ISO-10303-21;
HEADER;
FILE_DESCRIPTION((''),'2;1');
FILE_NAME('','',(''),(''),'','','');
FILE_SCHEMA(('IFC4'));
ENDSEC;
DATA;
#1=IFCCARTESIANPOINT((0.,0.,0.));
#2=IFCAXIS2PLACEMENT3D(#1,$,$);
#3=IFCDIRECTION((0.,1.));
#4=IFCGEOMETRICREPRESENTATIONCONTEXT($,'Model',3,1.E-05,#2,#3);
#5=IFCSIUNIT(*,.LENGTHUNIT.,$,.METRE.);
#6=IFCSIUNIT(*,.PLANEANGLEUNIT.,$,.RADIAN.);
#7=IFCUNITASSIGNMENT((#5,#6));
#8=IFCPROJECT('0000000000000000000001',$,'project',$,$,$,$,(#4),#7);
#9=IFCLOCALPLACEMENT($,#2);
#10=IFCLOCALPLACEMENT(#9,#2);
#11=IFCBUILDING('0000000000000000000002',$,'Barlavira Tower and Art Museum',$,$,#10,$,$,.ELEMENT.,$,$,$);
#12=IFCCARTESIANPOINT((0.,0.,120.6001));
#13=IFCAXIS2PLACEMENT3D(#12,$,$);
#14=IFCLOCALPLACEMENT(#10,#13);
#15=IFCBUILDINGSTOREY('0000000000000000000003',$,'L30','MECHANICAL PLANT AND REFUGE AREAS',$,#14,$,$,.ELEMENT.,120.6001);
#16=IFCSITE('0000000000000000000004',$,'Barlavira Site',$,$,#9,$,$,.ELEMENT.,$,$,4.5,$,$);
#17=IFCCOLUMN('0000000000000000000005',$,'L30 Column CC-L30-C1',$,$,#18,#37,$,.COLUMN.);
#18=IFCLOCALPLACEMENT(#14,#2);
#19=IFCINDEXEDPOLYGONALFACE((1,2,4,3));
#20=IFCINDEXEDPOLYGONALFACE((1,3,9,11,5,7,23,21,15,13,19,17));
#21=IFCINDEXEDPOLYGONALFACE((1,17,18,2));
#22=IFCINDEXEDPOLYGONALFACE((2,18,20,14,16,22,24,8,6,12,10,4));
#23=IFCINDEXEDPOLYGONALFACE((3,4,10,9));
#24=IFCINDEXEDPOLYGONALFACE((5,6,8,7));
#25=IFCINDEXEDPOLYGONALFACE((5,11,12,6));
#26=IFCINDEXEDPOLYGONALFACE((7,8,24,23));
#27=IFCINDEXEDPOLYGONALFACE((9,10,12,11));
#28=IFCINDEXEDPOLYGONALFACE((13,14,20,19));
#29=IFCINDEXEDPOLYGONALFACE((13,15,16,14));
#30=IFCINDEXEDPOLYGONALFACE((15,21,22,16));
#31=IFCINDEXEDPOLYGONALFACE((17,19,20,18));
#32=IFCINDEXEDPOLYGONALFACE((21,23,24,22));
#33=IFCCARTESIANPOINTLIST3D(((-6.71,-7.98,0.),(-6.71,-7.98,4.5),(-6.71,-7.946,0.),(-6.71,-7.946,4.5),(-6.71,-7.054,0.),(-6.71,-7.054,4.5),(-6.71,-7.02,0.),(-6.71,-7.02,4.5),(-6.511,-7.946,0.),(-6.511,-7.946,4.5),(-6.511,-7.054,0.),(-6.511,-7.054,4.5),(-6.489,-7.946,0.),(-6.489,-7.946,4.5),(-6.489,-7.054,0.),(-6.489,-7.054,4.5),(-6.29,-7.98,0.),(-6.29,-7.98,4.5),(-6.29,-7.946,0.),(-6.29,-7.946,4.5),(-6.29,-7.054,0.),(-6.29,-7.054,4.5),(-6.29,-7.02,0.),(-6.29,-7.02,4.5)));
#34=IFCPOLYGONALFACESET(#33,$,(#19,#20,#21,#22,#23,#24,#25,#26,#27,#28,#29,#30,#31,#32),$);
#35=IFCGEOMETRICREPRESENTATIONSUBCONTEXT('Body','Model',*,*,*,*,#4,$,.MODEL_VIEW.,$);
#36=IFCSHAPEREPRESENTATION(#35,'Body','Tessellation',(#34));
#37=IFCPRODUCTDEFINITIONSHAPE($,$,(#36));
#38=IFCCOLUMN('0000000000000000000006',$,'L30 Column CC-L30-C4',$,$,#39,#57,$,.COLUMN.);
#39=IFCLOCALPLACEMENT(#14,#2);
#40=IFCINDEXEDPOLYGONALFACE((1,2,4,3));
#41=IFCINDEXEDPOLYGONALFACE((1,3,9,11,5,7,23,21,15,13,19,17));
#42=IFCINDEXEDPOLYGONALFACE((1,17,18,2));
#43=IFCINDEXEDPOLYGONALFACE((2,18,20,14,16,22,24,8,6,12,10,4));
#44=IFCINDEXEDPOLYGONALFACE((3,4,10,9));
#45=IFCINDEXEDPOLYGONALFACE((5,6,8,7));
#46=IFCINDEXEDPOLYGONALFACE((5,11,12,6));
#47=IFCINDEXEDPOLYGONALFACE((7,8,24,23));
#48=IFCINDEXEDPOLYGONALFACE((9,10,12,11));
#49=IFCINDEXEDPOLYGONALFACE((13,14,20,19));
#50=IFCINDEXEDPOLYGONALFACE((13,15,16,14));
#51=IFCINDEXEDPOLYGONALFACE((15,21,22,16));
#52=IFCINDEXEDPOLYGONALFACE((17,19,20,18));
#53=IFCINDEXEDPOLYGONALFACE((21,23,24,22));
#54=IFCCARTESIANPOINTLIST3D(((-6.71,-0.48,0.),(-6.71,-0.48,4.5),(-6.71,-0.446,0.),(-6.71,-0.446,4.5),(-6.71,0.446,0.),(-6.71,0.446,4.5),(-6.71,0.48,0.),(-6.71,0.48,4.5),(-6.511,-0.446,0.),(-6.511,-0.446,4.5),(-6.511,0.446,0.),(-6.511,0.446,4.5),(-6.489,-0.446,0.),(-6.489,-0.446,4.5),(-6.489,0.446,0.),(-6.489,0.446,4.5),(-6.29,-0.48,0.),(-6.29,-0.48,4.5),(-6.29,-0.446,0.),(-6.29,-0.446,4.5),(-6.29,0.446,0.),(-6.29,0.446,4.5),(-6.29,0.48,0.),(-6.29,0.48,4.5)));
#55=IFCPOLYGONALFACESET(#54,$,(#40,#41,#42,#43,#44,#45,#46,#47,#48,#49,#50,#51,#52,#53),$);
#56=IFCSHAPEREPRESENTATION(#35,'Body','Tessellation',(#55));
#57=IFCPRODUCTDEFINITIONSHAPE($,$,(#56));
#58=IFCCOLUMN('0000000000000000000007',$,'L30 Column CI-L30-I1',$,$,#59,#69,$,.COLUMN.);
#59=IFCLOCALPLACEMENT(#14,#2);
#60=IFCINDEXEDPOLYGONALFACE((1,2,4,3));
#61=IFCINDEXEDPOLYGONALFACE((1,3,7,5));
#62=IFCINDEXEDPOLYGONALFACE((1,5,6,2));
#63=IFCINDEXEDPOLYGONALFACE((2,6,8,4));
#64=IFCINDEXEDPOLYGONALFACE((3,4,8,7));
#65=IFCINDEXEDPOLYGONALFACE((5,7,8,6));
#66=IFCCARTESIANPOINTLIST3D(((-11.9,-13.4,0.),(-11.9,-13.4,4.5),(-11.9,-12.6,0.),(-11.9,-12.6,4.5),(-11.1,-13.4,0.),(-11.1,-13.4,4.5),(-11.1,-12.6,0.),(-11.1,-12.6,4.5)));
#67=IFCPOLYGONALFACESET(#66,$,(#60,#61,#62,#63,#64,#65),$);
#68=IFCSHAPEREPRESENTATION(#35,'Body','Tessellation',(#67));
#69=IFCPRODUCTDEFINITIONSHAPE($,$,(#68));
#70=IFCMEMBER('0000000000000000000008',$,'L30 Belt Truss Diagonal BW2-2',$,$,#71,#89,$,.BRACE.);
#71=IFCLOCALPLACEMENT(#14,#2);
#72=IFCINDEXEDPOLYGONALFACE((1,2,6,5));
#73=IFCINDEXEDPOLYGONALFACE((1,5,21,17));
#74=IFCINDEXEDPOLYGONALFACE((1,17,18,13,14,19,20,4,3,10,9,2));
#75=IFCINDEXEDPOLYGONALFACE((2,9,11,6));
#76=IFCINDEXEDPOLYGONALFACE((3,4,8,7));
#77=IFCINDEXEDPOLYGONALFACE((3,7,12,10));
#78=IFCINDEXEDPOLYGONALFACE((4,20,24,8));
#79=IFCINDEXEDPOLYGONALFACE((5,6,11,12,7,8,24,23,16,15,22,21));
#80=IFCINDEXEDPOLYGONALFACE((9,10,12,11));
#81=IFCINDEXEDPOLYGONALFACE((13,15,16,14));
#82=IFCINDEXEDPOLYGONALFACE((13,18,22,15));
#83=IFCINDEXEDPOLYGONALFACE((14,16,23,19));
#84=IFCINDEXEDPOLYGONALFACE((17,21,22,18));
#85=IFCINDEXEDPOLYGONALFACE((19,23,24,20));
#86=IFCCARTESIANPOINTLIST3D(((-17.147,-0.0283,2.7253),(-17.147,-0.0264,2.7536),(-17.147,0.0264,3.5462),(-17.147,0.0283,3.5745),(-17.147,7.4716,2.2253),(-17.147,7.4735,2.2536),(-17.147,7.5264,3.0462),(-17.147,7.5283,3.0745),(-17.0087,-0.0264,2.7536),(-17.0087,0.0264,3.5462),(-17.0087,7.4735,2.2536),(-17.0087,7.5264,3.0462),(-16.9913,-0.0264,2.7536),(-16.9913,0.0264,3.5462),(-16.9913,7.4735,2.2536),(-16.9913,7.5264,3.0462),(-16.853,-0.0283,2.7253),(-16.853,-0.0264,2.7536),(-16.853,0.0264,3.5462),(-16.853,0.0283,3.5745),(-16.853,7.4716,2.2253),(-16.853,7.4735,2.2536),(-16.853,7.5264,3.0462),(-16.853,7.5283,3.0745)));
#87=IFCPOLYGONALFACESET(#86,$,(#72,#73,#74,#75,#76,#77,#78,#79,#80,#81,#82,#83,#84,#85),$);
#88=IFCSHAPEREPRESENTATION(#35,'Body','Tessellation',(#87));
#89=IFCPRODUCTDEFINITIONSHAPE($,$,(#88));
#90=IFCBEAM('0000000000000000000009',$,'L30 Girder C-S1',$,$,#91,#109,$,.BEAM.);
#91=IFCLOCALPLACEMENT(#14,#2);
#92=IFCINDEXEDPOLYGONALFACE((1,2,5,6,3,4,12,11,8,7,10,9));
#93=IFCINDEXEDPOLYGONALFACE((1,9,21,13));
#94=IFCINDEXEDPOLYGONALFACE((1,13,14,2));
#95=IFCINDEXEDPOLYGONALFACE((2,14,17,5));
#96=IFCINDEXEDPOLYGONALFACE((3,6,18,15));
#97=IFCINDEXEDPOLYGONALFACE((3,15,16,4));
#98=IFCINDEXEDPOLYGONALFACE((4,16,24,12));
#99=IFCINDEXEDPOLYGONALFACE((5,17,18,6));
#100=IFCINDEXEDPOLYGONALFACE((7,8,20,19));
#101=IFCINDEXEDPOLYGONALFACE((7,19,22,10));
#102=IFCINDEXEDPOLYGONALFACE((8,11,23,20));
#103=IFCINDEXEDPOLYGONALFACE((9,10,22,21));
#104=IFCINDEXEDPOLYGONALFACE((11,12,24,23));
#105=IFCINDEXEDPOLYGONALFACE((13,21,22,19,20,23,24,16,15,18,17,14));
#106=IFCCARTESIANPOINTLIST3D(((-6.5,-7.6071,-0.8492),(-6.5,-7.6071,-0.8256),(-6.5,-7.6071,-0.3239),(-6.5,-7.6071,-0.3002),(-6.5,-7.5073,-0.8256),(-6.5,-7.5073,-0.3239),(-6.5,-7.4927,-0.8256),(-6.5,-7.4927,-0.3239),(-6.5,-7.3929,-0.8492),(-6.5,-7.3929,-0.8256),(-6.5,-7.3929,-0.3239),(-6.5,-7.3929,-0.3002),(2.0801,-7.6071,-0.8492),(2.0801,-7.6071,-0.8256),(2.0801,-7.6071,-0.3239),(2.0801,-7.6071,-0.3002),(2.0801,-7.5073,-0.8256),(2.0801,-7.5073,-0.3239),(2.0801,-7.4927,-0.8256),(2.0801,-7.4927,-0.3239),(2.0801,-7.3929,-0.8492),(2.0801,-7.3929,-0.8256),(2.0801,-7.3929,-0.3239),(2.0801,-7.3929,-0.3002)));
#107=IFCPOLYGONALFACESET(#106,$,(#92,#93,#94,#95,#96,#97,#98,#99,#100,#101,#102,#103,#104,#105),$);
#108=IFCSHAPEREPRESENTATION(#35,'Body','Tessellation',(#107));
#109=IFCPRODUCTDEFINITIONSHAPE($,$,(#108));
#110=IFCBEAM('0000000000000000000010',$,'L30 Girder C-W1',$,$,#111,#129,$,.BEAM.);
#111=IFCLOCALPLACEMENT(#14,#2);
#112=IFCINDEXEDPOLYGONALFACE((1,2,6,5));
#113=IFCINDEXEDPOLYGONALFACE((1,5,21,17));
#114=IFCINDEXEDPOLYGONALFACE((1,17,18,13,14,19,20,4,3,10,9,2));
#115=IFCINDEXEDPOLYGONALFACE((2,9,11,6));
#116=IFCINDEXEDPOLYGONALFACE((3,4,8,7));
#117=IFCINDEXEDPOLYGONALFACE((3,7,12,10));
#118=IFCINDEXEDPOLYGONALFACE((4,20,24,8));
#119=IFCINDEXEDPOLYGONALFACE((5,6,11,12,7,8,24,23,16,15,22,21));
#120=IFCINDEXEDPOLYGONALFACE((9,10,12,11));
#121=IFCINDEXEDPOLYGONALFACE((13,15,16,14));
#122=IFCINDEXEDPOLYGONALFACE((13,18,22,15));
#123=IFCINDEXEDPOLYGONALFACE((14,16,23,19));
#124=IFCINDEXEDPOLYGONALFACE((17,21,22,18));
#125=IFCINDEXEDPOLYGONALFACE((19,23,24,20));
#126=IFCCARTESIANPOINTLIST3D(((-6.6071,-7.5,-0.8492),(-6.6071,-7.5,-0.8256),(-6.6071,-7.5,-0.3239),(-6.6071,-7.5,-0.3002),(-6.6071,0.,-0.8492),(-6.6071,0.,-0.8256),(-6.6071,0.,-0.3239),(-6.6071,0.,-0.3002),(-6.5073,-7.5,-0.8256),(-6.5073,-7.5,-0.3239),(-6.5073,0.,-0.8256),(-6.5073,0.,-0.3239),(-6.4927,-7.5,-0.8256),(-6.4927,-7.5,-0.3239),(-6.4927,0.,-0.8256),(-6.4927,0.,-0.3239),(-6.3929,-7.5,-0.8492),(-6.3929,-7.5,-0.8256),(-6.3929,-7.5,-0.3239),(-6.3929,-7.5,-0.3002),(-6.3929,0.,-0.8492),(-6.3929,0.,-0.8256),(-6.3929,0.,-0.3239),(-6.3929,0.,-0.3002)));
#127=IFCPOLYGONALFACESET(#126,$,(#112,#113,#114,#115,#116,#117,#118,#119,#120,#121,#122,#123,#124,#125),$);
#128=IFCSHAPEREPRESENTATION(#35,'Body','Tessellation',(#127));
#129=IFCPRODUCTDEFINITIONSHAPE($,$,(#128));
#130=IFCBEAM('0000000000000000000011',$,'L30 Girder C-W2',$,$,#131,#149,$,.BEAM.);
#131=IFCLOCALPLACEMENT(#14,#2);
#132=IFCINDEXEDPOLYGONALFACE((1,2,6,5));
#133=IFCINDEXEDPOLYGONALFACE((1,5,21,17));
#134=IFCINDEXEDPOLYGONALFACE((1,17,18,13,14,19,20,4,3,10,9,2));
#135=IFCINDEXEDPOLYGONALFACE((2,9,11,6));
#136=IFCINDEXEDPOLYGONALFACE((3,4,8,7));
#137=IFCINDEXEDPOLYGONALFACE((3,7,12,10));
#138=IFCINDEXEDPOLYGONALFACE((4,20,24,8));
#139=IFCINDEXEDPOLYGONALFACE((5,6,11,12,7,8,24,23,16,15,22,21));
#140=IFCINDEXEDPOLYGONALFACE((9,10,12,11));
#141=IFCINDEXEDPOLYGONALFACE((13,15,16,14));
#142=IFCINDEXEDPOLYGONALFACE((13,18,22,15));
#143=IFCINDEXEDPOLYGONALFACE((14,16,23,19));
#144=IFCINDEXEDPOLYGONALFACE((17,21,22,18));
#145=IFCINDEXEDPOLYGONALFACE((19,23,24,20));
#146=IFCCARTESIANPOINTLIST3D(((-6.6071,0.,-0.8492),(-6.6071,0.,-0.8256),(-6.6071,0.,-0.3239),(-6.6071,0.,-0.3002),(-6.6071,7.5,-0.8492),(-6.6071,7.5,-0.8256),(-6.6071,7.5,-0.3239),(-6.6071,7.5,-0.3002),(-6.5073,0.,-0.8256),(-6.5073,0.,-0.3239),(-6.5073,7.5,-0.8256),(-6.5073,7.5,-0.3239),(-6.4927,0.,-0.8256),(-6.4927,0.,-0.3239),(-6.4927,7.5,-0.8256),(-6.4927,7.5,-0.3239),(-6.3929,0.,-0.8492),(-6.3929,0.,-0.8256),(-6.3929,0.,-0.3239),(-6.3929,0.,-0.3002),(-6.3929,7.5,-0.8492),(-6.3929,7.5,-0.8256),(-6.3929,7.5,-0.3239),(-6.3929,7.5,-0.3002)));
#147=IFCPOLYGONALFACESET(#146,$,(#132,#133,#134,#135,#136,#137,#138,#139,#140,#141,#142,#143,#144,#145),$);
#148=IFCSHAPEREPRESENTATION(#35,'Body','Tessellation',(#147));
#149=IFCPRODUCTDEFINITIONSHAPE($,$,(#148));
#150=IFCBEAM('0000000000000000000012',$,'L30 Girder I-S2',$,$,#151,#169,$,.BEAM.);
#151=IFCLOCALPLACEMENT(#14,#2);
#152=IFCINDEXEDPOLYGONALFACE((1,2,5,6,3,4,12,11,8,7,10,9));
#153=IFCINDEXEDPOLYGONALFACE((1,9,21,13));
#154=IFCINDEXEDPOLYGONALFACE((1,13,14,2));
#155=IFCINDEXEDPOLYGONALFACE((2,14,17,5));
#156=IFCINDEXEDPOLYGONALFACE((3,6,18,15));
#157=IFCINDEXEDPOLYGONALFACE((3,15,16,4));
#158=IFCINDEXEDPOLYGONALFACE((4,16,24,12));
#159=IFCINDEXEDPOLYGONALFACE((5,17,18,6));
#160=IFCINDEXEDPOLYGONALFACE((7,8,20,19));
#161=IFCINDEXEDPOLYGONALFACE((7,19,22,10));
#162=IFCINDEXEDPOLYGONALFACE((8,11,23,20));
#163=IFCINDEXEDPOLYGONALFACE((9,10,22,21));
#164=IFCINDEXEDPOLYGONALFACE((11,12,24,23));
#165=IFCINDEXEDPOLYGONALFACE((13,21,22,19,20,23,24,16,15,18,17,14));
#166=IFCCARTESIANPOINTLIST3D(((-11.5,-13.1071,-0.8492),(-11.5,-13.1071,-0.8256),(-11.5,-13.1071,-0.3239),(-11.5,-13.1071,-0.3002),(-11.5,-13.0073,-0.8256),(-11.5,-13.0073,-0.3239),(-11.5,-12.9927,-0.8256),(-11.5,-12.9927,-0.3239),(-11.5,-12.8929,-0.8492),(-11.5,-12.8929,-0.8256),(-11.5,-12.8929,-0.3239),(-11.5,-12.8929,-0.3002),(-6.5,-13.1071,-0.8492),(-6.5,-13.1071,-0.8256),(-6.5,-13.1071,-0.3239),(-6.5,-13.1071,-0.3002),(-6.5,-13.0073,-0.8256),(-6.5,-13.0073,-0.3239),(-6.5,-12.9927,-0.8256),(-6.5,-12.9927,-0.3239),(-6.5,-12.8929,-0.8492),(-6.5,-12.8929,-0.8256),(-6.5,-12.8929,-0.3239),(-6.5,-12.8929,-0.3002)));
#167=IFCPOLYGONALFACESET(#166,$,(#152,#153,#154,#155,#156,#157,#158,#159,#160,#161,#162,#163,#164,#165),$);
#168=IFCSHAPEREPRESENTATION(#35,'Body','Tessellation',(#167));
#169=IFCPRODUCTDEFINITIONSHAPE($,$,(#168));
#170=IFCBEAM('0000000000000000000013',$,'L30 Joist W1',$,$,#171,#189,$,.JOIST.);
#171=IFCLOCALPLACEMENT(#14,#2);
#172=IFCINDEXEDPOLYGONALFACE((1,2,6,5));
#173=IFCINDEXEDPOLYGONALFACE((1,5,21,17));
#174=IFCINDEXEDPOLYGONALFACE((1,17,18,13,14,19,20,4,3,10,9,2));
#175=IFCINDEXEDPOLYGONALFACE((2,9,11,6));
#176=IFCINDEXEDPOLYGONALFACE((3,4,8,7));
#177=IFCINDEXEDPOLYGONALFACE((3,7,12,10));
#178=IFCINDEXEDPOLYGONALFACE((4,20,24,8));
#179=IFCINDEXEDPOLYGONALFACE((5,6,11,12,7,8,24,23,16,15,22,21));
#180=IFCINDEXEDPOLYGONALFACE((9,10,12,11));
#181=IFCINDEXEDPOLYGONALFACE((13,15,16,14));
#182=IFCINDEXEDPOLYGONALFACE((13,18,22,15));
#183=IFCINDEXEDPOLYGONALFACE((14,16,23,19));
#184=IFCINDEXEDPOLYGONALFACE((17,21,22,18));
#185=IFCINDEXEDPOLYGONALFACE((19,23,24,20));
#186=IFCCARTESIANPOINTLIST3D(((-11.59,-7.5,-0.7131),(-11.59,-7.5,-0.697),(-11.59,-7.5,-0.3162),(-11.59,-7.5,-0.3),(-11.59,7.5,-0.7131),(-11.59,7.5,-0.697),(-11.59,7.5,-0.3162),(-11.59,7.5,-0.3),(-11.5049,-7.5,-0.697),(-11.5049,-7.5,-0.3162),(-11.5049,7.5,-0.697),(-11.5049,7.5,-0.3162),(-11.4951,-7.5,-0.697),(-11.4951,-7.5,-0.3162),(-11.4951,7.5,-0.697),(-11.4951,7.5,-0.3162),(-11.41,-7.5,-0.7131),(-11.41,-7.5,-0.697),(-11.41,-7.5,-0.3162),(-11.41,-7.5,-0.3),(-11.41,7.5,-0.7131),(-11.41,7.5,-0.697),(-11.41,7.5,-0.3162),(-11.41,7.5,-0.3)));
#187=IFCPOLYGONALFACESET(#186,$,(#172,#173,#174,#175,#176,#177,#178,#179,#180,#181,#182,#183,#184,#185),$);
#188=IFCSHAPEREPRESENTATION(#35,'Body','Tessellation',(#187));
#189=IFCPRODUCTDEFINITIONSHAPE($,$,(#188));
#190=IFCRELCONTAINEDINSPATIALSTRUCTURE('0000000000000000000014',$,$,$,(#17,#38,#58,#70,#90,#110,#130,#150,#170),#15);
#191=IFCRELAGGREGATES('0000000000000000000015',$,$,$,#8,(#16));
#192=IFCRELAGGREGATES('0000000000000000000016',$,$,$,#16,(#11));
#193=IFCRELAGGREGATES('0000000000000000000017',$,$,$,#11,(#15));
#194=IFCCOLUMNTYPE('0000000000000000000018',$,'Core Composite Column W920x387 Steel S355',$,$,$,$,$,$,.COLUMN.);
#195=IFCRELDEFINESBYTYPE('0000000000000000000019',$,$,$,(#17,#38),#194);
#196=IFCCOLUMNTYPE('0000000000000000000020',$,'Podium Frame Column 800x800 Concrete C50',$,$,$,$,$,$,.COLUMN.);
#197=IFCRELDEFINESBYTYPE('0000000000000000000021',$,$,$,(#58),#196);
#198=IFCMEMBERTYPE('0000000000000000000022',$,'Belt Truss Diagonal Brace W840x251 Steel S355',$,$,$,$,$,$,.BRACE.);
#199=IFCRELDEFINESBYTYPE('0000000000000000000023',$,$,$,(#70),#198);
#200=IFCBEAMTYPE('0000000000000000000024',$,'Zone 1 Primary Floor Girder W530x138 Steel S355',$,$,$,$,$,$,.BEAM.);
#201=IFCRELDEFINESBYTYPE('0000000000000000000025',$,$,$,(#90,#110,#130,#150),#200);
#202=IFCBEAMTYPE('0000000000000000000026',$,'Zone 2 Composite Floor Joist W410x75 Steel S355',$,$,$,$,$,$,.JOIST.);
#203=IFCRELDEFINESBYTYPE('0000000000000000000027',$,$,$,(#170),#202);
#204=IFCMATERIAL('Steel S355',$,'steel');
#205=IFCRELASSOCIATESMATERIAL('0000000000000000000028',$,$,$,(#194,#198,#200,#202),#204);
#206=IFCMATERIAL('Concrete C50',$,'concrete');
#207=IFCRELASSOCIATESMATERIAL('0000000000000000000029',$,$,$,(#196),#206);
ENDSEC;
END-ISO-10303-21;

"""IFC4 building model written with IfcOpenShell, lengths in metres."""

from ifc_helpers import new_model, si_unit, direction, frame, origin, origin_2d, place, context, subcontext, project, spatial, rectangle, i_section, extrude, material, material_profile, profile_set, type_object, element, save


model = new_model("IFC4")

# Units and contexts
model_context = context("Model", 3, precision=1e-05, world=origin(), true_north=direction((0.0, 1.0)))
body_context = subcontext(model_context, "Body", "Model", "MODEL_VIEW")
ifc_project = project(units=[si_unit("LENGTHUNIT", "METRE"), si_unit("PLANEANGLEUNIT", "RADIAN")], contexts=[model_context])

# Site, building, storey
site_placement = place(None, origin())
site = spatial("IfcSite", under=ifc_project, at=site_placement, Name="Barlavira Site", CompositionType="ELEMENT", RefElevation=4.5)
building_placement = place(site_placement, origin())
building = spatial("IfcBuilding", under=site, at=building_placement, Name="Barlavira Tower and Art Museum", CompositionType="ELEMENT")
storey_placement = place(building_placement, frame((0.0, 0.0, 120.6001)))
storey = spatial("IfcBuildingStorey", under=building, at=storey_placement, Name="L30", Description="MECHANICAL PLANT AND REFUGE AREAS", CompositionType="ELEMENT", Elevation=120.6001)

# Columns
ifc_material_1 = material(Name="Steel S355", Category="steel")
ifc_material_profile_1 = material_profile(ifc_material_1, i_section(OverallWidth=0.4199, OverallDepth=0.96, WebThickness=0.022, FlangeThickness=0.0339, at=origin_2d()), Name="W920x387.0")
ifc_profile_set_1 = profile_set([ifc_material_profile_1], Name="Steel S355")
column_type_1 = type_object("IfcColumnType", Name="Core Composite Column W920x387 Steel S355", PredefinedType="COLUMN", material=ifc_profile_set_1)
for number, where, z_axis, x_axis, name in (
    (1, (-6.5, -7.5, 0.0), (0.0, 0.0, 1.0), (1.0, 0.0, 0.0), "L30 Column CC-L30-C1"),
    (2, (-6.5, 0.0, 0.0), (0.0, 0.0, 1.0), (1.0, 0.0, 0.0), "L30 Column CC-L30-C4"),
):
    element("IfcColumn", number, at=place(storey_placement, frame(where, z_axis=z_axis, x_axis=x_axis)), inside=storey, type_object=column_type_1, Name=name, PredefinedType="COLUMN", context=body_context, shape_type="SweptSolid", body=[
        extrude(i_section(OverallWidth=0.4199, OverallDepth=0.96, WebThickness=0.022, FlangeThickness=0.0339, at=origin_2d()), origin(), (0.0, 0.0, 1.0), 4.5),
    ])
ifc_material_2 = material(Name="Concrete C50", Category="concrete")
ifc_material_profile_2 = material_profile(ifc_material_2, rectangle(XDim=0.8, YDim=0.8, at=origin_2d()), Name="RC-COL 800x800")
ifc_profile_set_2 = profile_set([ifc_material_profile_2], Name="Concrete C50")
column_type_2 = type_object("IfcColumnType", Name="Podium Frame Column 800x800 Concrete C50", PredefinedType="COLUMN", material=ifc_profile_set_2)
column_placement = place(storey_placement, frame((-11.5, -13.0, 0.0), z_axis=(0.0, 0.0, 1.0), x_axis=(1.0, 0.0, 0.0)))
element("IfcColumn", 3, at=column_placement, inside=storey, type_object=column_type_2, Name="L30 Column CI-L30-I1", PredefinedType="COLUMN", context=body_context, shape_type="SweptSolid", body=[
    extrude(rectangle(XDim=0.8, YDim=0.8, at=origin_2d()), origin(), (0.0, 0.0, 1.0), 4.5),
])

# Member
ifc_material_profile_3 = material_profile(ifc_material_1, i_section(OverallWidth=0.2939, OverallDepth=0.8511, WebThickness=0.0173, FlangeThickness=0.0283, at=origin_2d()), Name="W840x251.0")
ifc_profile_set_3 = profile_set([ifc_material_profile_3], Name="Steel S355")
member_type = type_object("IfcMemberType", Name="Belt Truss Diagonal Brace W840x251 Steel S355", PredefinedType="BRACE", material=ifc_profile_set_3)
member_placement = place(storey_placement, frame((-17.0, 0.0, 3.1499), z_axis=(0.0, 0.997785, -0.066519), x_axis=(-1.0, 0.0, 0.0)))
element("IfcMember", 4, at=member_placement, inside=storey, type_object=member_type, Name="L30 Belt Truss Diagonal BW2-2", PredefinedType="BRACE", context=body_context, shape_type="SweptSolid", body=[
    extrude(i_section(OverallWidth=0.2939, OverallDepth=0.8511, WebThickness=0.0173, FlangeThickness=0.0283, at=origin_2d()), origin(), (0.0, 0.0, 1.0), 7.5166),
])

# Beams
ifc_material_profile_4 = material_profile(ifc_material_1, i_section(OverallWidth=0.2141, OverallDepth=0.5491, WebThickness=0.0146, FlangeThickness=0.0237, at=origin_2d()), Name="W530x138.0")
ifc_profile_set_4 = profile_set([ifc_material_profile_4], Name="Steel S355")
beam_type_1 = type_object("IfcBeamType", Name="Zone 1 Primary Floor Girder W530x138 Steel S355", PredefinedType="BEAM", material=ifc_profile_set_4)
beam_1_placement = place(storey_placement, frame((-6.5, -7.5, -0.5747), z_axis=(1.0, 0.0, 0.0), x_axis=(0.0, 1.0, 0.0)))
element("IfcBeam", 5, at=beam_1_placement, inside=storey, type_object=beam_type_1, Name="L30 Girder C-S1", PredefinedType="BEAM", context=body_context, shape_type="SweptSolid", body=[
    extrude(i_section(OverallWidth=0.2141, OverallDepth=0.5491, WebThickness=0.0146, FlangeThickness=0.0237, at=origin_2d()), origin(), (0.0, 0.0, 1.0), 8.5801),
])
for number, where, z_axis, x_axis, name in (
    (6, (-6.5, -7.5, -0.5747), (0.0, 1.0, 0.0), (-1.0, 0.0, 0.0), "L30 Girder C-W1"),
    (7, (-6.5, 0.0, -0.5747), (0.0, 1.0, 0.0), (-1.0, 0.0, 0.0), "L30 Girder C-W2"),
):
    element("IfcBeam", number, at=place(storey_placement, frame(where, z_axis=z_axis, x_axis=x_axis)), inside=storey, type_object=beam_type_1, Name=name, PredefinedType="BEAM", context=body_context, shape_type="SweptSolid", body=[
        extrude(i_section(OverallWidth=0.2141, OverallDepth=0.5491, WebThickness=0.0146, FlangeThickness=0.0237, at=origin_2d()), origin(), (0.0, 0.0, 1.0), 7.5),
    ])
beam_2_placement = place(storey_placement, frame((-11.5, -13.0, -0.5747), z_axis=(1.0, 0.0, 0.0), x_axis=(0.0, 1.0, 0.0)))
element("IfcBeam", 8, at=beam_2_placement, inside=storey, type_object=beam_type_1, Name="L30 Girder I-S2", PredefinedType="BEAM", context=body_context, shape_type="SweptSolid", body=[
    extrude(i_section(OverallWidth=0.2141, OverallDepth=0.5491, WebThickness=0.0146, FlangeThickness=0.0237, at=origin_2d()), origin(), (0.0, 0.0, 1.0), 5.0),
])
ifc_material_profile_5 = material_profile(ifc_material_1, i_section(OverallWidth=0.1799, OverallDepth=0.4131, WebThickness=0.0098, FlangeThickness=0.0161, at=origin_2d()), Name="W410x75.0")
ifc_profile_set_5 = profile_set([ifc_material_profile_5], Name="Steel S355")
beam_type_2 = type_object("IfcBeamType", Name="Zone 2 Composite Floor Joist W410x75 Steel S355", PredefinedType="JOIST", material=ifc_profile_set_5)
beam_3_placement = place(storey_placement, frame((-11.5, -7.5, -0.5066), z_axis=(0.0, 1.0, 0.0), x_axis=(-1.0, 0.0, 0.0)))
element("IfcBeam", 9, at=beam_3_placement, inside=storey, type_object=beam_type_2, Name="L30 Joist W1", PredefinedType="JOIST", context=body_context, shape_type="SweptSolid", body=[
    extrude(i_section(OverallWidth=0.1799, OverallDepth=0.4131, WebThickness=0.0098, FlangeThickness=0.0161, at=origin_2d()), origin(), (0.0, 0.0, 1.0), 15.0),
])

save(model, "model.ifc")
